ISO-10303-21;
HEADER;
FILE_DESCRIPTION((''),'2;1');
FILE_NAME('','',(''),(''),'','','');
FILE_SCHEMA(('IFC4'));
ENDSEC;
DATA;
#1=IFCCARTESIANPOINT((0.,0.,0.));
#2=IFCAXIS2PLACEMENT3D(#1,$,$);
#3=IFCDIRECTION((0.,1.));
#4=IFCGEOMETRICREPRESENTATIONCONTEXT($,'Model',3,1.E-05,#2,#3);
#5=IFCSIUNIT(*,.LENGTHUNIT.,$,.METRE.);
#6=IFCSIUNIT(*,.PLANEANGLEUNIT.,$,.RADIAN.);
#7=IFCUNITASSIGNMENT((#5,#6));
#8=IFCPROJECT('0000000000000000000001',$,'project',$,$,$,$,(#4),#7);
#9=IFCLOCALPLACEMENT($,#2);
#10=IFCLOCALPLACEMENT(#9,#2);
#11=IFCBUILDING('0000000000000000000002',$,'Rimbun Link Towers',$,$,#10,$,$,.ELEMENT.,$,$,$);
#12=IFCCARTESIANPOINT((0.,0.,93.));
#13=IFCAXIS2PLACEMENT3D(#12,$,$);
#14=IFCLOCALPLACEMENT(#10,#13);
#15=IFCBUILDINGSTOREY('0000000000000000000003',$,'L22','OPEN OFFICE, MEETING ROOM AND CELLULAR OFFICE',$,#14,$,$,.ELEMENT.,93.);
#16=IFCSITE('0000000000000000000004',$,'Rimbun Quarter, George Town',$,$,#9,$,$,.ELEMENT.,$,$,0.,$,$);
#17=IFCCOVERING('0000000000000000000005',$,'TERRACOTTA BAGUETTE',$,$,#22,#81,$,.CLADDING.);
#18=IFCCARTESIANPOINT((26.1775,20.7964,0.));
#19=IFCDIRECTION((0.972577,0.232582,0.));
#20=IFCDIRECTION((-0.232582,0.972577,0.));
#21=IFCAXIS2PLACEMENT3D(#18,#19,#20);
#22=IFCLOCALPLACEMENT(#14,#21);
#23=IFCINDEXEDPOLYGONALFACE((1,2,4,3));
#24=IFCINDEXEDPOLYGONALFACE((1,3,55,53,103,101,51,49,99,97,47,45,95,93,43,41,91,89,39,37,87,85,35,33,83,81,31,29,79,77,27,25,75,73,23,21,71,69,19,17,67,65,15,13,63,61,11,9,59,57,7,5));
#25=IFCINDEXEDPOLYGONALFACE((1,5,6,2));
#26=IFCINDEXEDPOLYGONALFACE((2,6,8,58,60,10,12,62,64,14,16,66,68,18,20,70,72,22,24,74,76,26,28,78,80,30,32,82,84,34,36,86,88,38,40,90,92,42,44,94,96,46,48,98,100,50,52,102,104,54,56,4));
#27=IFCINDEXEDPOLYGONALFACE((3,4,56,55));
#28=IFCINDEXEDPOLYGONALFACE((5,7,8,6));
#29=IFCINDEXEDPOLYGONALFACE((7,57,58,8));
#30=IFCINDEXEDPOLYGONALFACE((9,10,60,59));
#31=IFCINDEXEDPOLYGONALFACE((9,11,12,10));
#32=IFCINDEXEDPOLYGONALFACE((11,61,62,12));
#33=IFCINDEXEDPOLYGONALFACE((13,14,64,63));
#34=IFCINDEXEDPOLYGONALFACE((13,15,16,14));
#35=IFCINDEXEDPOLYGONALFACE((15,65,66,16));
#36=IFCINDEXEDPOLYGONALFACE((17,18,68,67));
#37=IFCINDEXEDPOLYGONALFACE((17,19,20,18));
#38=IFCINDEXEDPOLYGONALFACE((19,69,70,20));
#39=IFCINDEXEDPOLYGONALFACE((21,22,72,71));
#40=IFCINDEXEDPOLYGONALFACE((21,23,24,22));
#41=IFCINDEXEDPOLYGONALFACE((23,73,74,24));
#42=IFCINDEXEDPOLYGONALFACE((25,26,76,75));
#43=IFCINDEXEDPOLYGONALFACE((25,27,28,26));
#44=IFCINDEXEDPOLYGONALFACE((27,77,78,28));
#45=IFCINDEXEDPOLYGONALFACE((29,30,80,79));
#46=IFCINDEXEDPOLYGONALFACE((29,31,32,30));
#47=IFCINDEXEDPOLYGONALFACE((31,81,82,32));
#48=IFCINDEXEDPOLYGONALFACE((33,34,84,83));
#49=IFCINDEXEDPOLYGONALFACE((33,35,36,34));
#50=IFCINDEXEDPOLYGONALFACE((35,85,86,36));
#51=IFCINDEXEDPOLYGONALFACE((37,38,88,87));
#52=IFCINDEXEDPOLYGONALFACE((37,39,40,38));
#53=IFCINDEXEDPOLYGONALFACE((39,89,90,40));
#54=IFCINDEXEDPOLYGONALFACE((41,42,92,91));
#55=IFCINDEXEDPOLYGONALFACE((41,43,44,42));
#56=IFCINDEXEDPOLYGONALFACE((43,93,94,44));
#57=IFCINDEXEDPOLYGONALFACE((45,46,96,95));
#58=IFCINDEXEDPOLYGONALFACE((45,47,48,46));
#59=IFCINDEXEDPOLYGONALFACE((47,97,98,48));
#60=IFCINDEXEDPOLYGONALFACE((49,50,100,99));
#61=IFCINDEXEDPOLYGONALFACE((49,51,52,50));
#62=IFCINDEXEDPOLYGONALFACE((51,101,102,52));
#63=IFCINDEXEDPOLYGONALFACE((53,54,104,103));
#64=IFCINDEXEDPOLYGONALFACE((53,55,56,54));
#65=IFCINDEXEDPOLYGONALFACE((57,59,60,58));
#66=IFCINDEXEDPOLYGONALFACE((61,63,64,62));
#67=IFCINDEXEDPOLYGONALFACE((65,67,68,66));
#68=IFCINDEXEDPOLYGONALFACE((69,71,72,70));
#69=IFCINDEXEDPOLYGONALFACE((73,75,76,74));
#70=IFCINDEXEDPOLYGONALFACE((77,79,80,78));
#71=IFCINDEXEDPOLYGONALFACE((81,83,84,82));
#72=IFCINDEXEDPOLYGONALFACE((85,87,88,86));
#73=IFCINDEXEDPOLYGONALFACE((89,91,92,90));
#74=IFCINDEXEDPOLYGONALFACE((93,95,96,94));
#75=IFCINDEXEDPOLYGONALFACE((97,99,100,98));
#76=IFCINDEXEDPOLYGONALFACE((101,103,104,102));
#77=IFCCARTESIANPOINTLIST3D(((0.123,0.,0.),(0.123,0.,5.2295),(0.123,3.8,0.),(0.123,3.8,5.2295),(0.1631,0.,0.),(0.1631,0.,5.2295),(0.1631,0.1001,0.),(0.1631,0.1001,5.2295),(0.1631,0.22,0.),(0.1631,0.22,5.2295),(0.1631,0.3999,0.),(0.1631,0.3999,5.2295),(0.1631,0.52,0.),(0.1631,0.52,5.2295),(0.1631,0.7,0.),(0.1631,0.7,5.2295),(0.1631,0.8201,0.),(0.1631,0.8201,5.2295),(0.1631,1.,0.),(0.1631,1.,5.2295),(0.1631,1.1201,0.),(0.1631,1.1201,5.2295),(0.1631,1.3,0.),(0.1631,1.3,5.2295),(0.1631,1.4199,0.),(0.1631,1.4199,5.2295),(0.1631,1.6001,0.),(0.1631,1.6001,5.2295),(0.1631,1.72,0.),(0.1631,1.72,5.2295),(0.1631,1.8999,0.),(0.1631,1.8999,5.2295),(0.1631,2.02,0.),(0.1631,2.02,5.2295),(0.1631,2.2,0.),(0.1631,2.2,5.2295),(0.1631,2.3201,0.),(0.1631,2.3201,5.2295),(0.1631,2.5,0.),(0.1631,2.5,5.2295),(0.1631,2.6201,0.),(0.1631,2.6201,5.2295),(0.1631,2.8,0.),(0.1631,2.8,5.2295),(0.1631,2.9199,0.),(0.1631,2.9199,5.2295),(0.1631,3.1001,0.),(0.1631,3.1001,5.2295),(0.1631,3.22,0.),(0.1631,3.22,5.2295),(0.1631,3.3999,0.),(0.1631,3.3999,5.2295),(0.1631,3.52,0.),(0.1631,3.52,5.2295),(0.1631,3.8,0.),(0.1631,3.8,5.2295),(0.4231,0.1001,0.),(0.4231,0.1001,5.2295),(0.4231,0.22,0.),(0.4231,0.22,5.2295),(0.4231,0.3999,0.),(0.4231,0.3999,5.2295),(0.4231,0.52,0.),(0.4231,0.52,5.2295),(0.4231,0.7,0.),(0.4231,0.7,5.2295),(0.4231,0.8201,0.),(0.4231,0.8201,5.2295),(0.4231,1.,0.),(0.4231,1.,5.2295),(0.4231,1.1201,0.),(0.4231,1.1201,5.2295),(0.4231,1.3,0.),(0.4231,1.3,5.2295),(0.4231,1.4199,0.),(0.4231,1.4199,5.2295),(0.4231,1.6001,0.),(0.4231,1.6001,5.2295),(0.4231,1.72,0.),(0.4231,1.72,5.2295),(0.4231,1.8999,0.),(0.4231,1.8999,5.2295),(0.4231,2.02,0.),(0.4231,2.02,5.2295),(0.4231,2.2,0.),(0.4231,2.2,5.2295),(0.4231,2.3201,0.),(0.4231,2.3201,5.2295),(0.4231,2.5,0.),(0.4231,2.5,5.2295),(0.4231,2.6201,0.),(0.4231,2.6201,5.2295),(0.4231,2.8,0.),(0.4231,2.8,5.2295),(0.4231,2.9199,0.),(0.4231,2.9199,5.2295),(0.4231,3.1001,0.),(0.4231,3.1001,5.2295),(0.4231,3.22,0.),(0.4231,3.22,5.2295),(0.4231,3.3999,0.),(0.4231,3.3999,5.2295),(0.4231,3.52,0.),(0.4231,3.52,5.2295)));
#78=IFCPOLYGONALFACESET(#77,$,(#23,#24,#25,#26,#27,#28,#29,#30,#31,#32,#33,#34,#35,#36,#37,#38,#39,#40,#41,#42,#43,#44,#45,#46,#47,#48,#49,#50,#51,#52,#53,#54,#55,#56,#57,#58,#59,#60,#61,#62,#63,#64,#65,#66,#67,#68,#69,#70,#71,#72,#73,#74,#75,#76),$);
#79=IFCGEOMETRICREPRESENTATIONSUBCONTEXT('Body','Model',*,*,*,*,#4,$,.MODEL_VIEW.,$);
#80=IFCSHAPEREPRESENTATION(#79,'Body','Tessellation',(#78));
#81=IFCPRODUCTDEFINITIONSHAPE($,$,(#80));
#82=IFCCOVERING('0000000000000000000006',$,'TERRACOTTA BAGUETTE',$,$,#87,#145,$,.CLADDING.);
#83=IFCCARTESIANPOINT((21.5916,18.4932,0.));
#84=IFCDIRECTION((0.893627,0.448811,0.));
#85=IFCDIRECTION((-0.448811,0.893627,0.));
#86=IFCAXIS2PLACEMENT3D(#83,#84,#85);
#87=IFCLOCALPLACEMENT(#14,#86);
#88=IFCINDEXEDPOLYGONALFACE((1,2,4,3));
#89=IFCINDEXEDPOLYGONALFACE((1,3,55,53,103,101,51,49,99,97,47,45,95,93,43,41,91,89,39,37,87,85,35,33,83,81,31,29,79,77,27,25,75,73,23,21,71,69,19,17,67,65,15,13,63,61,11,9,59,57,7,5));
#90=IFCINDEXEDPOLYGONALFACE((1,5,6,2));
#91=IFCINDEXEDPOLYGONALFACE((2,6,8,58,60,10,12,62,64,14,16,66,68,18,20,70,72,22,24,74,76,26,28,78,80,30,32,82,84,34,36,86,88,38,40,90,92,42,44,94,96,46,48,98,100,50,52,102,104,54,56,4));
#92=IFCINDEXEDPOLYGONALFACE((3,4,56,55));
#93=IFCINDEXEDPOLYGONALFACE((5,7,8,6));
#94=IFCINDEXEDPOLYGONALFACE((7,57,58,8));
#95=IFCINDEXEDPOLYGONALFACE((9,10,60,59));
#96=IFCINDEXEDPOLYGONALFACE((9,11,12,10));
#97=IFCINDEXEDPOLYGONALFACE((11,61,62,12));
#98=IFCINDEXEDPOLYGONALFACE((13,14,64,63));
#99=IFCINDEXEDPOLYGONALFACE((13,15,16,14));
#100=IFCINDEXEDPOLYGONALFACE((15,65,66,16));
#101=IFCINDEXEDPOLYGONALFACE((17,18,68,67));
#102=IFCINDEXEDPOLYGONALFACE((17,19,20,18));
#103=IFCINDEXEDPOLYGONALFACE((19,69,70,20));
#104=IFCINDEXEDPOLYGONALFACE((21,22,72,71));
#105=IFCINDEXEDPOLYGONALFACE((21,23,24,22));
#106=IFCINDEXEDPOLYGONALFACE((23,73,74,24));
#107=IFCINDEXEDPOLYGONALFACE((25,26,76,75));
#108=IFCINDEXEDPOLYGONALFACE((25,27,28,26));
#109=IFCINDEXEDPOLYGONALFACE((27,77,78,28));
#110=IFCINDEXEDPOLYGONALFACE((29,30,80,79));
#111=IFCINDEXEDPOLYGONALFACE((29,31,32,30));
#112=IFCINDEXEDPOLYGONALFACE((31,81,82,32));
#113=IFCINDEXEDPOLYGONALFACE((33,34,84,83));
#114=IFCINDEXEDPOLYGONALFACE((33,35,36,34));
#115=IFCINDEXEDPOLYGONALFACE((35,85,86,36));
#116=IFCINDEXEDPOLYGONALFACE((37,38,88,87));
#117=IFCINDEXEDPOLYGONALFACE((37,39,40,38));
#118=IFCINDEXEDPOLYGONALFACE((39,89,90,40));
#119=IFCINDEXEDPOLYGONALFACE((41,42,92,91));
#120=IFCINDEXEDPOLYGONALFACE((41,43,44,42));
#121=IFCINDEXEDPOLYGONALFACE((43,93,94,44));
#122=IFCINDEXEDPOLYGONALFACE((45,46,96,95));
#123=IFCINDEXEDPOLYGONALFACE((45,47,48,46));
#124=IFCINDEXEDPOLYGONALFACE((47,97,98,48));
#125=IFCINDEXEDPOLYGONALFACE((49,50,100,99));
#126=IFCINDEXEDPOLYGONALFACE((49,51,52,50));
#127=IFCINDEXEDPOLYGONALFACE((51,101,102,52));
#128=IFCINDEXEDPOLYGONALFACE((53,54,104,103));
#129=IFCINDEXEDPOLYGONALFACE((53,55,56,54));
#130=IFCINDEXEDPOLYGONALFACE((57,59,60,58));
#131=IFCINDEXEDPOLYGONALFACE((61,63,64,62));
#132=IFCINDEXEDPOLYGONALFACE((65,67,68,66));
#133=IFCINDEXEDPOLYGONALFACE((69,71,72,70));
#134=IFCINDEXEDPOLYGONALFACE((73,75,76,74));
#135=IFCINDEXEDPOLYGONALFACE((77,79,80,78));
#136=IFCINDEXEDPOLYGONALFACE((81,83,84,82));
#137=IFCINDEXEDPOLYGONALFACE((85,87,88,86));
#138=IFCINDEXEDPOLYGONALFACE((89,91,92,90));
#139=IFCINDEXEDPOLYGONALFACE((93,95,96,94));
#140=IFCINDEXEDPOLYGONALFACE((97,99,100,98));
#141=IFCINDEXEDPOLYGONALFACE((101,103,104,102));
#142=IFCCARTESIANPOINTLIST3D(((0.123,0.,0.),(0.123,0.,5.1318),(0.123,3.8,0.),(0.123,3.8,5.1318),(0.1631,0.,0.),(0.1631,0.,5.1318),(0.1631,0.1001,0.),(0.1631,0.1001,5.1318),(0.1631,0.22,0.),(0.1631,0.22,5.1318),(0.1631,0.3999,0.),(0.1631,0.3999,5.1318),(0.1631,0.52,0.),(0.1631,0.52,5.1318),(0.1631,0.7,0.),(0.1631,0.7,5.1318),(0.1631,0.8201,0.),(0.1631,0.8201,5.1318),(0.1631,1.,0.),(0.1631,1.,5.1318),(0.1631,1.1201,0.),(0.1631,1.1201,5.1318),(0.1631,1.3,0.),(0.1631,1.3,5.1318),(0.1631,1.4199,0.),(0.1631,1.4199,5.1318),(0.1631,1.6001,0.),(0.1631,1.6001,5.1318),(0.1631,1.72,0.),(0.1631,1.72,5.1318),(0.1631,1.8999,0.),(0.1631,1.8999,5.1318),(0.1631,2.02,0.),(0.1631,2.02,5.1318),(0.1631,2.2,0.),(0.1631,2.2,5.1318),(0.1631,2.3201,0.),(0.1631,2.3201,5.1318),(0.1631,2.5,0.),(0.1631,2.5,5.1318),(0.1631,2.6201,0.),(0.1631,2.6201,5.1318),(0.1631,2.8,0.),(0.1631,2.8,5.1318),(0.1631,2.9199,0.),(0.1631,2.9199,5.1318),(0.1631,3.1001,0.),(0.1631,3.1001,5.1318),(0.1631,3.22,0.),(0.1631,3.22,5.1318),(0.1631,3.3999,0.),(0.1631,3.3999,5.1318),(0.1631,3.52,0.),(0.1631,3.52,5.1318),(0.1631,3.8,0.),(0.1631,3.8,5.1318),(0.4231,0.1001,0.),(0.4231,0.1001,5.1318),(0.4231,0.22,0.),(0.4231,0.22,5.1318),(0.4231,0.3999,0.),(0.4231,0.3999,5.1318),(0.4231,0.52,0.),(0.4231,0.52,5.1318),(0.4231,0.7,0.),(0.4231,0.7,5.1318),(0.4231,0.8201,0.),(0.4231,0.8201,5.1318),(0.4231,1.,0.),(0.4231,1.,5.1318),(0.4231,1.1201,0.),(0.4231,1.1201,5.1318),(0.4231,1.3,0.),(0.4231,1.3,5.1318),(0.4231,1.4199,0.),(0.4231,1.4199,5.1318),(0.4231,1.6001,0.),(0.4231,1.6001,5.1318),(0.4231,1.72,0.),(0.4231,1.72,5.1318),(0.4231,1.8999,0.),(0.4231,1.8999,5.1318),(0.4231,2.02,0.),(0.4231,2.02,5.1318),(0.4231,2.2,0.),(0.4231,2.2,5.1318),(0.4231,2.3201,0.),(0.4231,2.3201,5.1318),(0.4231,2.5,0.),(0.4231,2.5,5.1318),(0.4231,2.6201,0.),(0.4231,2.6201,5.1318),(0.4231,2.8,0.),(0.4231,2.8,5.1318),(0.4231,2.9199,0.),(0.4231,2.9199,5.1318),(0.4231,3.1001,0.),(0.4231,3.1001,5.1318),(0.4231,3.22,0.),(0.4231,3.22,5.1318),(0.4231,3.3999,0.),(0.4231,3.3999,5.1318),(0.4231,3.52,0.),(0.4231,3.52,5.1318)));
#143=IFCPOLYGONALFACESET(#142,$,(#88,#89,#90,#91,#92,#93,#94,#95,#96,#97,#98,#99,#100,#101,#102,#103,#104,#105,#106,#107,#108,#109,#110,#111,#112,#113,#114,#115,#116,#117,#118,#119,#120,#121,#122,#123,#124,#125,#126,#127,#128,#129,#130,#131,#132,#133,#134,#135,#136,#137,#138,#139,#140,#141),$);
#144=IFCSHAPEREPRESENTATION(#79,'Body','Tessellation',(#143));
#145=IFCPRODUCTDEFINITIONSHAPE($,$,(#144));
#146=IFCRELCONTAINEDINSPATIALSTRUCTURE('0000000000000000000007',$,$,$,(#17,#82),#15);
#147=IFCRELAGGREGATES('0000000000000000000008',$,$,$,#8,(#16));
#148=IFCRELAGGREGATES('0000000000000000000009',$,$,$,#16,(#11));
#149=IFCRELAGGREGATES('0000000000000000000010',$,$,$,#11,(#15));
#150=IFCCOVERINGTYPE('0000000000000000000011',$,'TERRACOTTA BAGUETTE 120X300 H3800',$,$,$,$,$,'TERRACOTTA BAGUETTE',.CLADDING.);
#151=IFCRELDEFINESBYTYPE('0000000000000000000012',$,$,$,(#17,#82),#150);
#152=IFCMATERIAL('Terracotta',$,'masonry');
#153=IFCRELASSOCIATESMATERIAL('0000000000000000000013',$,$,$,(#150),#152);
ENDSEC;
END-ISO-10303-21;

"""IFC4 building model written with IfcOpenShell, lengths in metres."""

from ifc_helpers import new_model, si_unit, direction, frame, origin, place, context, subcontext, project, spatial, polyline, outline, extrude, material, material_profile, profile_set, type_object, element, save


model = new_model("IFC4")

# Units and contexts
model_context = context("Model", 3, precision=1e-05, world=origin(), true_north=direction((0.0, 1.0)))
body_context = subcontext(model_context, "Body", "Model", "MODEL_VIEW")
ifc_project = project(units=[si_unit("LENGTHUNIT", "METRE"), si_unit("PLANEANGLEUNIT", "RADIAN")], contexts=[model_context])

# Site, building, storey
site_placement = place(None, origin())
site = spatial("IfcSite", under=ifc_project, at=site_placement, Name="Rimbun Quarter, George Town", CompositionType="ELEMENT", RefElevation=0.0)
building_placement = place(site_placement, origin())
building = spatial("IfcBuilding", under=site, at=building_placement, Name="Rimbun Link Towers", CompositionType="ELEMENT")
storey_placement = place(building_placement, frame((0.0, 0.0, 93.0)))
storey = spatial("IfcBuildingStorey", under=building, at=storey_placement, Name="L22", Description="OPEN OFFICE, MEETING ROOM AND CELLULAR OFFICE", CompositionType="ELEMENT", Elevation=93.0)

# Coverings
ifc_material_1 = material(Name="Terracotta", Category="masonry")
ifc_material_profile_1 = material_profile(ifc_material_1, outline(polyline([(0.123, 0.0), (0.1631, 0.0), (0.1631, 0.1001), (0.4231, 0.1001), (0.4231, 0.22), (0.1631, 0.22), (0.1631, 0.3999), (0.4231, 0.3999), (0.4231, 0.52), (0.1631, 0.52), (0.1631, 0.7), (0.4231, 0.7), (0.4231, 0.8201), (0.1631, 0.8201), (0.1631, 1.0), (0.4231, 1.0), (0.4231, 1.1201), (0.1631, 1.1201), (0.1631, 1.3), (0.4231, 1.3), (0.4231, 1.4199), (0.1631, 1.4199), (0.1631, 1.6001), (0.4231, 1.6001), (0.4231, 1.72), (0.1631, 1.72), (0.1631, 1.8999), (0.4231, 1.8999), (0.4231, 2.02), (0.1631, 2.02), (0.1631, 2.2), (0.4231, 2.2), (0.4231, 2.3201), (0.1631, 2.3201), (0.1631, 2.5), (0.4231, 2.5), (0.4231, 2.6201), (0.1631, 2.6201), (0.1631, 2.8), (0.4231, 2.8), (0.4231, 2.9199), (0.1631, 2.9199), (0.1631, 3.1001), (0.4231, 3.1001), (0.4231, 3.22), (0.1631, 3.22), (0.1631, 3.3999), (0.4231, 3.3999), (0.4231, 3.52), (0.1631, 3.52), (0.1631, 3.8), (0.123, 3.8), (0.123, 0.0)])), Name="BAGUETTE 120X300")
ifc_profile_set_1 = profile_set([ifc_material_profile_1], Name="Terracotta")
covering_type = type_object("IfcCoveringType", Name="TERRACOTTA BAGUETTE 120X300 H3800", ElementType="TERRACOTTA BAGUETTE", PredefinedType="CLADDING", material=ifc_profile_set_1)
covering_1_placement = place(storey_placement, frame((26.1775, 20.7964, 0.0), z_axis=(0.972577, 0.232582, 0.0), x_axis=(-0.232582, 0.972577, 0.0)))
element("IfcCovering", 1, at=covering_1_placement, inside=storey, type_object=covering_type, Name="TERRACOTTA BAGUETTE", PredefinedType="CLADDING", context=body_context, shape_type="SweptSolid", body=[
    extrude(outline(polyline([(0.123, 0.0), (0.1631, 0.0), (0.1631, 0.1001), (0.4231, 0.1001), (0.4231, 0.22), (0.1631, 0.22), (0.1631, 0.3999), (0.4231, 0.3999), (0.4231, 0.52), (0.1631, 0.52), (0.1631, 0.7), (0.4231, 0.7), (0.4231, 0.8201), (0.1631, 0.8201), (0.1631, 1.0), (0.4231, 1.0), (0.4231, 1.1201), (0.1631, 1.1201), (0.1631, 1.3), (0.4231, 1.3), (0.4231, 1.4199), (0.1631, 1.4199), (0.1631, 1.6001), (0.4231, 1.6001), (0.4231, 1.72), (0.1631, 1.72), (0.1631, 1.8999), (0.4231, 1.8999), (0.4231, 2.02), (0.1631, 2.02), (0.1631, 2.2), (0.4231, 2.2), (0.4231, 2.3201), (0.1631, 2.3201), (0.1631, 2.5), (0.4231, 2.5), (0.4231, 2.6201), (0.1631, 2.6201), (0.1631, 2.8), (0.4231, 2.8), (0.4231, 2.9199), (0.1631, 2.9199), (0.1631, 3.1001), (0.4231, 3.1001), (0.4231, 3.22), (0.1631, 3.22), (0.1631, 3.3999), (0.4231, 3.3999), (0.4231, 3.52), (0.1631, 3.52), (0.1631, 3.8), (0.123, 3.8), (0.123, 0.0)])), origin(), (0.0, 0.0, 1.0), 5.2295),
])
covering_2_placement = place(storey_placement, frame((21.5916, 18.4932, 0.0), z_axis=(0.893627, 0.448811, 0.0), x_axis=(-0.448811, 0.893627, 0.0)))
element("IfcCovering", 2, at=covering_2_placement, inside=storey, type_object=covering_type, Name="TERRACOTTA BAGUETTE", PredefinedType="CLADDING", context=body_context, shape_type="SweptSolid", body=[
    extrude(outline(polyline([(0.123, 0.0), (0.1631, 0.0), (0.1631, 0.1001), (0.4231, 0.1001), (0.4231, 0.22), (0.1631, 0.22), (0.1631, 0.3999), (0.4231, 0.3999), (0.4231, 0.52), (0.1631, 0.52), (0.1631, 0.7), (0.4231, 0.7), (0.4231, 0.8201), (0.1631, 0.8201), (0.1631, 1.0), (0.4231, 1.0), (0.4231, 1.1201), (0.1631, 1.1201), (0.1631, 1.3), (0.4231, 1.3), (0.4231, 1.4199), (0.1631, 1.4199), (0.1631, 1.6001), (0.4231, 1.6001), (0.4231, 1.72), (0.1631, 1.72), (0.1631, 1.8999), (0.4231, 1.8999), (0.4231, 2.02), (0.1631, 2.02), (0.1631, 2.2), (0.4231, 2.2), (0.4231, 2.3201), (0.1631, 2.3201), (0.1631, 2.5), (0.4231, 2.5), (0.4231, 2.6201), (0.1631, 2.6201), (0.1631, 2.8), (0.4231, 2.8), (0.4231, 2.9199), (0.1631, 2.9199), (0.1631, 3.1001), (0.4231, 3.1001), (0.4231, 3.22), (0.1631, 3.22), (0.1631, 3.3999), (0.4231, 3.3999), (0.4231, 3.52), (0.1631, 3.52), (0.1631, 3.8), (0.123, 3.8), (0.123, 0.0)])), origin(), (0.0, 0.0, 1.0), 5.1318),
])

save(model, "model.ifc")
